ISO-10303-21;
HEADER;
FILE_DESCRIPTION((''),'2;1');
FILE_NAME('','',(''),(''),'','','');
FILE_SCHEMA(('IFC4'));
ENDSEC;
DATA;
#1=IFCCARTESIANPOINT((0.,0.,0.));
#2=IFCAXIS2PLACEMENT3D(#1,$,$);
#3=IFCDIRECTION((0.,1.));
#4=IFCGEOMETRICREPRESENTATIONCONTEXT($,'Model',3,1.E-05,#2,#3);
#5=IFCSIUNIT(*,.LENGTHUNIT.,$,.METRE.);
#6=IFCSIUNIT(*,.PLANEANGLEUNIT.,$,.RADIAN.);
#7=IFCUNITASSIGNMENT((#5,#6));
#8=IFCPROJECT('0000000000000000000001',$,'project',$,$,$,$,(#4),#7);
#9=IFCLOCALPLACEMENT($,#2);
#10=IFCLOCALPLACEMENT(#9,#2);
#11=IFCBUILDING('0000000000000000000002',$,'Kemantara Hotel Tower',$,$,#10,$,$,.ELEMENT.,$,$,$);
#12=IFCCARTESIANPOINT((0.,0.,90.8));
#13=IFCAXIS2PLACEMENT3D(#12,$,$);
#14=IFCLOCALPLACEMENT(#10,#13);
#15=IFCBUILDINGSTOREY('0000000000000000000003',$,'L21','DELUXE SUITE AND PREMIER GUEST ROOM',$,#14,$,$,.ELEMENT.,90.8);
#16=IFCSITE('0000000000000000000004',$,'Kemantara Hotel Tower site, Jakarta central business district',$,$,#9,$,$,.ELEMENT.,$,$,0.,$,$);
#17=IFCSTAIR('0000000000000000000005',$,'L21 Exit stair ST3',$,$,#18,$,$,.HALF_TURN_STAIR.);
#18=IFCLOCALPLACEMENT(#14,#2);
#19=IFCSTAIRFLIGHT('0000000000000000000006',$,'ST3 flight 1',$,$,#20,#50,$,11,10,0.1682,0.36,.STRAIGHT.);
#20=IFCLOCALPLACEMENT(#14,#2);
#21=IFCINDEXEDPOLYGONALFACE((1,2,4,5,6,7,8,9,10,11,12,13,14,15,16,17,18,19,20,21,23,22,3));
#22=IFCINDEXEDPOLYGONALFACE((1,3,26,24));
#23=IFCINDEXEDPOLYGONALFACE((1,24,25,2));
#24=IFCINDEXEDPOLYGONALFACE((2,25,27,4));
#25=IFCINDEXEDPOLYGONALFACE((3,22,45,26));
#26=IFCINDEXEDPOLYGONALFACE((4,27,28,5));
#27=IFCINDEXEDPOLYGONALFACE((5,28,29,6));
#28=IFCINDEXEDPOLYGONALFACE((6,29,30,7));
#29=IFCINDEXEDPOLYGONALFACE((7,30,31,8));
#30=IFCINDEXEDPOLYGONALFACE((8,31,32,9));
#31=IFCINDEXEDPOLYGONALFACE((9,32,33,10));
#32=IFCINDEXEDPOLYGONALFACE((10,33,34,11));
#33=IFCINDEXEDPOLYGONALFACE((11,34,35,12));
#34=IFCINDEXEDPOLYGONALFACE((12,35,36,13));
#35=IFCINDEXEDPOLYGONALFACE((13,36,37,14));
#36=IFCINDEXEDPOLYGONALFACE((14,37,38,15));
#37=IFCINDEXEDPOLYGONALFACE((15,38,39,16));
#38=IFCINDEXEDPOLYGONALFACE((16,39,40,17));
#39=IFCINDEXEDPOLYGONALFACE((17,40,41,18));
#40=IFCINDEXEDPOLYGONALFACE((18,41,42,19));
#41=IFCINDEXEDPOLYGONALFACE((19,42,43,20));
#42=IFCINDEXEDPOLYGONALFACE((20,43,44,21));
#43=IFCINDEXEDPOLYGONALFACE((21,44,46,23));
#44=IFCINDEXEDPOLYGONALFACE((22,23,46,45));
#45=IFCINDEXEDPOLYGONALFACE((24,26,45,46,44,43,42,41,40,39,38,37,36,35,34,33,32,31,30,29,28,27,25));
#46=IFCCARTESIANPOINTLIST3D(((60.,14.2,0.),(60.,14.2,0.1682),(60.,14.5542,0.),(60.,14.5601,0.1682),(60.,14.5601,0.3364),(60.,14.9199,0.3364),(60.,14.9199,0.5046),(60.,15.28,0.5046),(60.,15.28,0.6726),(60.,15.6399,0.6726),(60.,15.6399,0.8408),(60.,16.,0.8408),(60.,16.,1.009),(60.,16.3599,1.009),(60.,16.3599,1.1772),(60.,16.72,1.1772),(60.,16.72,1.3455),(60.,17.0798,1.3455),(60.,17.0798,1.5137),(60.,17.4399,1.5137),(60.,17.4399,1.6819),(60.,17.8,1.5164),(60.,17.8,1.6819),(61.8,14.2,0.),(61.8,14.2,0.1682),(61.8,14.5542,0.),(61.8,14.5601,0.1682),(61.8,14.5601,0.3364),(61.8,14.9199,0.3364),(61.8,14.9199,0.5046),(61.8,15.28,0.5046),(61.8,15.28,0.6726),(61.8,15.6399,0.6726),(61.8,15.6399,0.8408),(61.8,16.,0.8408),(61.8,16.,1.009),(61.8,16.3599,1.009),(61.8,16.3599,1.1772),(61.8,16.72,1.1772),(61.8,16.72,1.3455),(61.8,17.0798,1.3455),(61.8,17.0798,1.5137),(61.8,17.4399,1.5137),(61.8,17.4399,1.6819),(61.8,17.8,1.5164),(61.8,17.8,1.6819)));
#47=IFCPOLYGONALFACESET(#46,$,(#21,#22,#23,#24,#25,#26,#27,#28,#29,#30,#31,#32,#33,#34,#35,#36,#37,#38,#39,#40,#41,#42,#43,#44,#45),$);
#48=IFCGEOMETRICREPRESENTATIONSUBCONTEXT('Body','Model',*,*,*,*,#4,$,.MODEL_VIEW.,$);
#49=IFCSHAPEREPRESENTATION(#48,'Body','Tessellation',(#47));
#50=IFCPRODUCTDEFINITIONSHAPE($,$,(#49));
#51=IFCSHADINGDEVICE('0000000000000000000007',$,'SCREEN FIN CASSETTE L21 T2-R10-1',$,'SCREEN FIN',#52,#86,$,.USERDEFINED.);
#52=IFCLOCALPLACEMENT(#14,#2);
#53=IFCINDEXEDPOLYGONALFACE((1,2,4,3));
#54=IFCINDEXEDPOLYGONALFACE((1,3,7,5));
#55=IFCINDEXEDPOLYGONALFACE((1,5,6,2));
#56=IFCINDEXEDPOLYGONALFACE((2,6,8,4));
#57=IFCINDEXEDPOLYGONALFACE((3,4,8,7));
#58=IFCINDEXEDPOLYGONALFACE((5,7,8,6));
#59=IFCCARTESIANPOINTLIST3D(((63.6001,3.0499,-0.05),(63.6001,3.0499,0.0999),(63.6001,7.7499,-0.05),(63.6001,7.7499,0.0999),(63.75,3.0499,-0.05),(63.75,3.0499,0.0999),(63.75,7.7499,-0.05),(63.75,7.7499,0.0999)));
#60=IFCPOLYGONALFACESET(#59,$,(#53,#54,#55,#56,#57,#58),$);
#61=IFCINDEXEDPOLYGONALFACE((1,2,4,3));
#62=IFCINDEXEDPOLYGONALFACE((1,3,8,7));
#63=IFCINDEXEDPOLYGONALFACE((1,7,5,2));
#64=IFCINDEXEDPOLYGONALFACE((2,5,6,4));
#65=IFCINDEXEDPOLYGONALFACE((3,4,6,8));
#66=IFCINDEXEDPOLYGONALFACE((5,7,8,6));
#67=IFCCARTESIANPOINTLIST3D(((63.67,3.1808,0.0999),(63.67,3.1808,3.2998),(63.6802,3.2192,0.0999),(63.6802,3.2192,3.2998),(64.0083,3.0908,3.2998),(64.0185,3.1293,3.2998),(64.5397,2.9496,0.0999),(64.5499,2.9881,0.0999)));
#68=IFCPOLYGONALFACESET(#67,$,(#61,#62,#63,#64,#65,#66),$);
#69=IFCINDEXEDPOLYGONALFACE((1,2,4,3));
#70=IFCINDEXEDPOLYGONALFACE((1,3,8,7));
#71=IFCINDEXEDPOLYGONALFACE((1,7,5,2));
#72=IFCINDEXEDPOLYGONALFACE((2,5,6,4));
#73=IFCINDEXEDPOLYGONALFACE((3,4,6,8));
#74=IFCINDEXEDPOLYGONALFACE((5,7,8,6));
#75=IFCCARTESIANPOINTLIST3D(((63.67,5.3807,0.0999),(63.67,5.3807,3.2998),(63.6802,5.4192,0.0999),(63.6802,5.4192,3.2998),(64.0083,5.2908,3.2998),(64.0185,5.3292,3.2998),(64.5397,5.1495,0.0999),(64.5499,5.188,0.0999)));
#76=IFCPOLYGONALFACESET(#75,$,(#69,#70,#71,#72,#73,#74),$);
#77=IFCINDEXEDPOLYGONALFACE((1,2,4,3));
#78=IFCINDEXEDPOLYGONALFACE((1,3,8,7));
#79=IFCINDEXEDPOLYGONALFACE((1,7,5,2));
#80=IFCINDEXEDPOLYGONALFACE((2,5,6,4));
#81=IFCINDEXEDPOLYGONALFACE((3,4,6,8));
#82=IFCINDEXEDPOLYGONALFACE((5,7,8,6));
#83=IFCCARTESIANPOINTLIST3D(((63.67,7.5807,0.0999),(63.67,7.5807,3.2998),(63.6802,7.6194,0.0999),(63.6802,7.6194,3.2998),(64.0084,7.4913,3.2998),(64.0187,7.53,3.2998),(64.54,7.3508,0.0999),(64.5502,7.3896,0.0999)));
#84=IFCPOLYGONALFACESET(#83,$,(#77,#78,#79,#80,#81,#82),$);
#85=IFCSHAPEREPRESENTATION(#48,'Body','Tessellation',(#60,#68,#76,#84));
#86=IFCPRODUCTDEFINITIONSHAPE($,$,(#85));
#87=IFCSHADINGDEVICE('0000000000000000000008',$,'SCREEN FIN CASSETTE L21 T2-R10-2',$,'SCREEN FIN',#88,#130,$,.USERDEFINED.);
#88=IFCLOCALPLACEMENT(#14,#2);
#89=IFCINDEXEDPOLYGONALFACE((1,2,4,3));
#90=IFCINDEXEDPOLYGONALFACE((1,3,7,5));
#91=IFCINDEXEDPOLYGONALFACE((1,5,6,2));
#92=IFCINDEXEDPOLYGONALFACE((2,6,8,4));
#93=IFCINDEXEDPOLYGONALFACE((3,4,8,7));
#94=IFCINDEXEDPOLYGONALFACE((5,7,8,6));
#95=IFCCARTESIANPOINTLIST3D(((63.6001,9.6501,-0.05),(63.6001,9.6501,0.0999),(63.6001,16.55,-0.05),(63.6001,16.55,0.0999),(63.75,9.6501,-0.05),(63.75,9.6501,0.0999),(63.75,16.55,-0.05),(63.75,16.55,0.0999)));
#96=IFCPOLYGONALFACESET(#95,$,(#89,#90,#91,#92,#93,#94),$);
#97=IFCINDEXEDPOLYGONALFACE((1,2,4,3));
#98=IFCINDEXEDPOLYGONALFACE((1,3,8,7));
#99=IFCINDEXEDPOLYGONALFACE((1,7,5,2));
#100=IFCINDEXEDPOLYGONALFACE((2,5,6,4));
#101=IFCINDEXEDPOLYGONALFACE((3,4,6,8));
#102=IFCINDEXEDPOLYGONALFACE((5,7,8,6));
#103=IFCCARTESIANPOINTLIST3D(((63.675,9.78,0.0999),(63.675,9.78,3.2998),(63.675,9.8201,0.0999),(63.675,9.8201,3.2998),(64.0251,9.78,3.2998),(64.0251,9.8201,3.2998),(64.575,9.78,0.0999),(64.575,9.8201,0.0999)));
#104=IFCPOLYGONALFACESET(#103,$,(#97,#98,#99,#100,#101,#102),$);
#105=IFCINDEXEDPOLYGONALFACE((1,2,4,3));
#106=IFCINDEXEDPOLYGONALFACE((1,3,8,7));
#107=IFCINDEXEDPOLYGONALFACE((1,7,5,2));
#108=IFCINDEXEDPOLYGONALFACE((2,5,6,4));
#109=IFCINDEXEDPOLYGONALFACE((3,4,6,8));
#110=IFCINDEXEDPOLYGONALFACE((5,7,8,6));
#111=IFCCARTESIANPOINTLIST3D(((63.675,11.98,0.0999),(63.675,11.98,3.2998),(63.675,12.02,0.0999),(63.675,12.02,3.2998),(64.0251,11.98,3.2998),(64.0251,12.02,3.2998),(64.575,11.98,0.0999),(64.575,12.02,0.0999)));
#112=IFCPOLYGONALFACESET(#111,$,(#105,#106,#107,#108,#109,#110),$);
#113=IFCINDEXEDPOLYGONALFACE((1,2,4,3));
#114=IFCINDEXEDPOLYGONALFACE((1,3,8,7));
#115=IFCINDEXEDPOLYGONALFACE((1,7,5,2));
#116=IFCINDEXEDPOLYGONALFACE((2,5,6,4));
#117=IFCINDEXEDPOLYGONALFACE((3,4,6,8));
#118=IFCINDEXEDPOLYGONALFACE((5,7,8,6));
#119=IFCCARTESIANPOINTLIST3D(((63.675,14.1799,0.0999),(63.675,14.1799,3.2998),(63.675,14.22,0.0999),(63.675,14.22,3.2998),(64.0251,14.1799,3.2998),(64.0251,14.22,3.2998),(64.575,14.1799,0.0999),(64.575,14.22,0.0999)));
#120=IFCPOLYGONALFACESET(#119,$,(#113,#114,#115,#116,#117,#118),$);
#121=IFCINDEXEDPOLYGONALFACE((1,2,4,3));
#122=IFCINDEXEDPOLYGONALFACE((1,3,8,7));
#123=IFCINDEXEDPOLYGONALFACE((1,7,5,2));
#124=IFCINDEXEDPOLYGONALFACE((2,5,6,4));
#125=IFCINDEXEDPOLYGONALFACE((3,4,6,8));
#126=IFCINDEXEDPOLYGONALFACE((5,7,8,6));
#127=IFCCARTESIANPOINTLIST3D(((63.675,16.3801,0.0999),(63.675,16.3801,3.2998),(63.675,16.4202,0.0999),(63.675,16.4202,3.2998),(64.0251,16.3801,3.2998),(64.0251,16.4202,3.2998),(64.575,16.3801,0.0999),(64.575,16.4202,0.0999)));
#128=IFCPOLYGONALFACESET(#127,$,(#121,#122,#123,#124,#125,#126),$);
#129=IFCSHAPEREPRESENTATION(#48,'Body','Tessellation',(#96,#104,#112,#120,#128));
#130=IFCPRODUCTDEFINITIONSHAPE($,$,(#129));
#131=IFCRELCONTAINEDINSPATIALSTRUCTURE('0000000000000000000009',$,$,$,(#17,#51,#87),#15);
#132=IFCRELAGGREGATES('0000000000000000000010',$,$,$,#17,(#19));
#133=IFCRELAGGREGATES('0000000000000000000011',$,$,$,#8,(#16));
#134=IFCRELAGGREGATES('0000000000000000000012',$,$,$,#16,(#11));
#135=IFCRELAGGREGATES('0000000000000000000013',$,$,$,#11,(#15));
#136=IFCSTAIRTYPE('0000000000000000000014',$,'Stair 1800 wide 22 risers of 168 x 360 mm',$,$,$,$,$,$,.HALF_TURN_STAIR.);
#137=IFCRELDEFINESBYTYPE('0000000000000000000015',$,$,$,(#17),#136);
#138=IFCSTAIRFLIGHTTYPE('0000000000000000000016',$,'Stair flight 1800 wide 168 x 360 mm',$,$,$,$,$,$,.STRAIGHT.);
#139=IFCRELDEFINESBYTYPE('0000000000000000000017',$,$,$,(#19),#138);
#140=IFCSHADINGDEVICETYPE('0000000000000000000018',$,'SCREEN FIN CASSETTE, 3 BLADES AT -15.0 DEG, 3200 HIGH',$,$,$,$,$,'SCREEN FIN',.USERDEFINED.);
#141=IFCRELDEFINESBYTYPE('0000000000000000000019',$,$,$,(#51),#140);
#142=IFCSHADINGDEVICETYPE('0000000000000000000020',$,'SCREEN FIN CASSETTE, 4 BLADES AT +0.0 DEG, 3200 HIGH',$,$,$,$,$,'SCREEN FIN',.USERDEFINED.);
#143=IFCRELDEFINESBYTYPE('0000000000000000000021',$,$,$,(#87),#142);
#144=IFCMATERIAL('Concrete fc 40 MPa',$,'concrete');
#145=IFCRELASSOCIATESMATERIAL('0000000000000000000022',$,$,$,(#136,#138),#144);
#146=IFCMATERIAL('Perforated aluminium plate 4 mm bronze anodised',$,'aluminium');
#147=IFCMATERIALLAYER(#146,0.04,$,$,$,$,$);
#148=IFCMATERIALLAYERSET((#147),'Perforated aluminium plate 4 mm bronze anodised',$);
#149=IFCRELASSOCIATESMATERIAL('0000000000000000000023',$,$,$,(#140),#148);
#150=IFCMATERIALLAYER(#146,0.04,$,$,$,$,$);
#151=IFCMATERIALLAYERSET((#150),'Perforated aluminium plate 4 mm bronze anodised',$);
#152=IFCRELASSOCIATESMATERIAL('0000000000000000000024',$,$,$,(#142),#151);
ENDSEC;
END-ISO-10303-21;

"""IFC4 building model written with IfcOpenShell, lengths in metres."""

from ifc_helpers import new_model, si_unit, direction, frame, origin, origin_2d, place, context, subcontext, project, spatial, polyline, rectangle, outline, extrude, source, transform, mapped, material, layer, layer_set, type_object, element, aggregate, save


model = new_model("IFC4")

# Units and contexts
model_context = context("Model", 3, precision=1e-05, world=origin(), true_north=direction((0.0, 1.0)))
body_context = subcontext(model_context, "Body", "Model", "MODEL_VIEW")
ifc_project = project(units=[si_unit("LENGTHUNIT", "METRE"), si_unit("PLANEANGLEUNIT", "RADIAN")], contexts=[model_context])

# Site, building, storey
site_placement = place(None, origin())
site = spatial("IfcSite", under=ifc_project, at=site_placement, Name="Kemantara Hotel Tower site, Jakarta central business district", CompositionType="ELEMENT", RefElevation=0.0)
building_placement = place(site_placement, origin())
building = spatial("IfcBuilding", under=site, at=building_placement, Name="Kemantara Hotel Tower", CompositionType="ELEMENT")
storey_placement = place(building_placement, frame((0.0, 0.0, 90.8)))
storey = spatial("IfcBuildingStorey", under=building, at=storey_placement, Name="L21", Description="DELUXE SUITE AND PREMIER GUEST ROOM", CompositionType="ELEMENT", Elevation=90.8)

# Shared definitions
ifc_material_1 = material(Name="Concrete fc 40 MPa", Category="concrete")

# Stair, stair flight
stair_type = type_object("IfcStairType", Name="Stair 1800 wide 22 risers of 168 x 360 mm", PredefinedType="HALF_TURN_STAIR", material=ifc_material_1)
stair_placement = place(storey_placement, origin())
stair = element("IfcStair", 1, at=stair_placement, inside=storey, type_object=stair_type, Name="L21 Exit stair ST3", PredefinedType="HALF_TURN_STAIR")
stair_flight_type = type_object("IfcStairFlightType", Name="Stair flight 1800 wide 168 x 360 mm", PredefinedType="STRAIGHT", material=ifc_material_1)
stair_flight_placement = place(storey_placement, frame((60.8999, 14.2, 0.0), z_axis=(0.0, 0.0, 1.0), x_axis=(0.0, 1.0, 0.0)))
stair_flight = element("IfcStairFlight", 2, at=stair_flight_placement, type_object=stair_flight_type, Name="ST3 flight 1", NumberOfRisers=11, NumberOfTreads=10, PredefinedType="STRAIGHT", RiserHeight=0.1682, TreadLength=0.36, context=body_context, shape_type="SweptSolid", body=[
    extrude(outline(polyline([(0.0, 0.0), (0.0, 0.1682), (0.3601, 0.1682), (0.3601, 0.3364), (0.72, 0.3364), (0.72, 0.5046), (1.0801, 0.5046), (1.0801, 0.6726), (1.4399, 0.6726), (1.4399, 0.8408), (1.8, 0.8408), (1.8, 1.009), (2.1599, 1.009), (2.1599, 1.1772), (2.52, 1.1772), (2.52, 1.3455), (2.8799, 1.3455), (2.8799, 1.5137), (3.24, 1.5137), (3.24, 1.6819), (3.6001, 1.6819), (3.6001, 1.8501), (3.6001, 1.5164), (0.3542, 0.0), (0.0, 0.0)])), frame((0.0, 0.8999, 0.0), z_axis=(0.0, -1.0, 0.0), x_axis=(1.0, 0.0, 0.0)), (0.0, 0.0, 1.0), 1.8),
])
aggregate(stair, [stair_flight])

# Shading devices
ifc_material_2 = material(Name="Perforated aluminium plate 4 mm bronze anodised", Category="aluminium")
ifc_layer_1 = layer(ifc_material_2, 0.04)
ifc_layer_set_1 = layer_set([ifc_layer_1], Name="Perforated aluminium plate 4 mm bronze anodised")
shading_device_type_1 = type_object("IfcShadingDeviceType", Name="SCREEN FIN CASSETTE, 3 BLADES AT -15.0 DEG, 3200 HIGH", ElementType="SCREEN FIN", PredefinedType="USERDEFINED", material=ifc_layer_set_1)
shared_shape_1 = source(origin(), body_context, "Body", "SweptSolid", [
    extrude(rectangle(XDim=4.7, YDim=0.1499, at=origin_2d()), frame((2.2, -0.075, -0.1499), z_axis=(0.0, 0.0, 1.0), x_axis=(1.0, 0.0, 0.0)), (0.0, 0.0, 1.0), 0.1499),
    extrude(outline(polyline([(0.0, 0.0), (0.8999, 0.0), (0.3501, 3.2), (0.0, 3.2), (0.0, 0.0)])), frame((0.0193, -0.0801, 0.0), z_axis=(-0.966438, 0.256901, 0.0), x_axis=(-0.256901, -0.966438, 0.0)), (0.0, 0.0, 1.0), 0.0398),
    extrude(outline(polyline([(0.0, 0.0), (0.8999, 0.0), (0.3501, 3.2), (0.0, 3.2), (0.0, 0.0)])), frame((2.2192, -0.0801, 0.0), z_axis=(-0.966438, 0.256901, 0.0), x_axis=(-0.256901, -0.966438, 0.0)), (0.0, 0.0, 1.0), 0.0398),
    extrude(outline(polyline([(0.0, 0.0), (0.8999, 0.0), (0.3501, 3.2), (0.0, 3.2), (0.0, 0.0)])), frame((4.4194, -0.0801, 0.0), z_axis=(-0.966838, 0.255391, 0.0), x_axis=(-0.255391, -0.966838, 0.0)), (0.0, 0.0, 1.0), 0.04),
])
shading_device_1_placement = place(storey_placement, frame((63.6001, 3.2, 0.0999), z_axis=(0.0, 0.0, 1.0), x_axis=(0.0, 1.0, 0.0)))
element("IfcShadingDevice", 3, at=shading_device_1_placement, inside=storey, type_object=shading_device_type_1, Name="SCREEN FIN CASSETTE L21 T2-R10-1", ObjectType="SCREEN FIN", PredefinedType="USERDEFINED", context=body_context, shape_type="MappedRepresentation", body=[
    mapped(shared_shape_1, transform((0.0, 0.0, 0.0))),
])
ifc_layer_2 = layer(ifc_material_2, 0.04)
ifc_layer_set_2 = layer_set([ifc_layer_2], Name="Perforated aluminium plate 4 mm bronze anodised")
shading_device_type_2 = type_object("IfcShadingDeviceType", Name="SCREEN FIN CASSETTE, 4 BLADES AT +0.0 DEG, 3200 HIGH", ElementType="SCREEN FIN", PredefinedType="USERDEFINED", material=ifc_layer_set_2)
shared_shape_2 = source(origin(), body_context, "Body", "SweptSolid", [
    extrude(rectangle(XDim=6.8999, YDim=0.1499, at=origin_2d()), frame((3.3, -0.075, -0.1499), z_axis=(0.0, 0.0, 1.0), x_axis=(1.0, 0.0, 0.0)), (0.0, 0.0, 1.0), 0.1499),
    extrude(outline(polyline([(0.0, 0.0), (0.8999, 0.0), (0.3501, 3.2), (0.0, 3.2), (0.0, 0.0)])), frame((0.02, -0.075, 0.0), z_axis=(-1.0, 0.0, 0.0), x_axis=(0.0, -1.0, 0.0)), (0.0, 0.0, 1.0), 0.04),
    extrude(outline(polyline([(0.0, 0.0), (0.8999, 0.0), (0.3501, 3.2), (0.0, 3.2), (0.0, 0.0)])), frame((2.22, -0.075, 0.0), z_axis=(-1.0, 0.0, 0.0), x_axis=(0.0, -1.0, 0.0)), (0.0, 0.0, 1.0), 0.04),
    extrude(outline(polyline([(0.0, 0.0), (0.8999, 0.0), (0.3501, 3.2), (0.0, 3.2), (0.0, 0.0)])), frame((4.4199, -0.075, 0.0), z_axis=(-1.0, 0.0, 0.0), x_axis=(0.0, -1.0, 0.0)), (0.0, 0.0, 1.0), 0.04),
    extrude(outline(polyline([(0.0, 0.0), (0.8999, 0.0), (0.3501, 3.2), (0.0, 3.2), (0.0, 0.0)])), frame((6.6201, -0.075, 0.0), z_axis=(-1.0, 0.0, 0.0), x_axis=(0.0, -1.0, 0.0)), (0.0, 0.0, 1.0), 0.04),
])
shading_device_2_placement = place(storey_placement, frame((63.6001, 9.8, 0.0999), z_axis=(0.0, 0.0, 1.0), x_axis=(0.0, 1.0, 0.0)))
element("IfcShadingDevice", 4, at=shading_device_2_placement, inside=storey, type_object=shading_device_type_2, Name="SCREEN FIN CASSETTE L21 T2-R10-2", ObjectType="SCREEN FIN", PredefinedType="USERDEFINED", context=body_context, shape_type="MappedRepresentation", body=[
    mapped(shared_shape_2, transform((0.0, 0.0, 0.0))),
])

save(model, "model.ifc")
